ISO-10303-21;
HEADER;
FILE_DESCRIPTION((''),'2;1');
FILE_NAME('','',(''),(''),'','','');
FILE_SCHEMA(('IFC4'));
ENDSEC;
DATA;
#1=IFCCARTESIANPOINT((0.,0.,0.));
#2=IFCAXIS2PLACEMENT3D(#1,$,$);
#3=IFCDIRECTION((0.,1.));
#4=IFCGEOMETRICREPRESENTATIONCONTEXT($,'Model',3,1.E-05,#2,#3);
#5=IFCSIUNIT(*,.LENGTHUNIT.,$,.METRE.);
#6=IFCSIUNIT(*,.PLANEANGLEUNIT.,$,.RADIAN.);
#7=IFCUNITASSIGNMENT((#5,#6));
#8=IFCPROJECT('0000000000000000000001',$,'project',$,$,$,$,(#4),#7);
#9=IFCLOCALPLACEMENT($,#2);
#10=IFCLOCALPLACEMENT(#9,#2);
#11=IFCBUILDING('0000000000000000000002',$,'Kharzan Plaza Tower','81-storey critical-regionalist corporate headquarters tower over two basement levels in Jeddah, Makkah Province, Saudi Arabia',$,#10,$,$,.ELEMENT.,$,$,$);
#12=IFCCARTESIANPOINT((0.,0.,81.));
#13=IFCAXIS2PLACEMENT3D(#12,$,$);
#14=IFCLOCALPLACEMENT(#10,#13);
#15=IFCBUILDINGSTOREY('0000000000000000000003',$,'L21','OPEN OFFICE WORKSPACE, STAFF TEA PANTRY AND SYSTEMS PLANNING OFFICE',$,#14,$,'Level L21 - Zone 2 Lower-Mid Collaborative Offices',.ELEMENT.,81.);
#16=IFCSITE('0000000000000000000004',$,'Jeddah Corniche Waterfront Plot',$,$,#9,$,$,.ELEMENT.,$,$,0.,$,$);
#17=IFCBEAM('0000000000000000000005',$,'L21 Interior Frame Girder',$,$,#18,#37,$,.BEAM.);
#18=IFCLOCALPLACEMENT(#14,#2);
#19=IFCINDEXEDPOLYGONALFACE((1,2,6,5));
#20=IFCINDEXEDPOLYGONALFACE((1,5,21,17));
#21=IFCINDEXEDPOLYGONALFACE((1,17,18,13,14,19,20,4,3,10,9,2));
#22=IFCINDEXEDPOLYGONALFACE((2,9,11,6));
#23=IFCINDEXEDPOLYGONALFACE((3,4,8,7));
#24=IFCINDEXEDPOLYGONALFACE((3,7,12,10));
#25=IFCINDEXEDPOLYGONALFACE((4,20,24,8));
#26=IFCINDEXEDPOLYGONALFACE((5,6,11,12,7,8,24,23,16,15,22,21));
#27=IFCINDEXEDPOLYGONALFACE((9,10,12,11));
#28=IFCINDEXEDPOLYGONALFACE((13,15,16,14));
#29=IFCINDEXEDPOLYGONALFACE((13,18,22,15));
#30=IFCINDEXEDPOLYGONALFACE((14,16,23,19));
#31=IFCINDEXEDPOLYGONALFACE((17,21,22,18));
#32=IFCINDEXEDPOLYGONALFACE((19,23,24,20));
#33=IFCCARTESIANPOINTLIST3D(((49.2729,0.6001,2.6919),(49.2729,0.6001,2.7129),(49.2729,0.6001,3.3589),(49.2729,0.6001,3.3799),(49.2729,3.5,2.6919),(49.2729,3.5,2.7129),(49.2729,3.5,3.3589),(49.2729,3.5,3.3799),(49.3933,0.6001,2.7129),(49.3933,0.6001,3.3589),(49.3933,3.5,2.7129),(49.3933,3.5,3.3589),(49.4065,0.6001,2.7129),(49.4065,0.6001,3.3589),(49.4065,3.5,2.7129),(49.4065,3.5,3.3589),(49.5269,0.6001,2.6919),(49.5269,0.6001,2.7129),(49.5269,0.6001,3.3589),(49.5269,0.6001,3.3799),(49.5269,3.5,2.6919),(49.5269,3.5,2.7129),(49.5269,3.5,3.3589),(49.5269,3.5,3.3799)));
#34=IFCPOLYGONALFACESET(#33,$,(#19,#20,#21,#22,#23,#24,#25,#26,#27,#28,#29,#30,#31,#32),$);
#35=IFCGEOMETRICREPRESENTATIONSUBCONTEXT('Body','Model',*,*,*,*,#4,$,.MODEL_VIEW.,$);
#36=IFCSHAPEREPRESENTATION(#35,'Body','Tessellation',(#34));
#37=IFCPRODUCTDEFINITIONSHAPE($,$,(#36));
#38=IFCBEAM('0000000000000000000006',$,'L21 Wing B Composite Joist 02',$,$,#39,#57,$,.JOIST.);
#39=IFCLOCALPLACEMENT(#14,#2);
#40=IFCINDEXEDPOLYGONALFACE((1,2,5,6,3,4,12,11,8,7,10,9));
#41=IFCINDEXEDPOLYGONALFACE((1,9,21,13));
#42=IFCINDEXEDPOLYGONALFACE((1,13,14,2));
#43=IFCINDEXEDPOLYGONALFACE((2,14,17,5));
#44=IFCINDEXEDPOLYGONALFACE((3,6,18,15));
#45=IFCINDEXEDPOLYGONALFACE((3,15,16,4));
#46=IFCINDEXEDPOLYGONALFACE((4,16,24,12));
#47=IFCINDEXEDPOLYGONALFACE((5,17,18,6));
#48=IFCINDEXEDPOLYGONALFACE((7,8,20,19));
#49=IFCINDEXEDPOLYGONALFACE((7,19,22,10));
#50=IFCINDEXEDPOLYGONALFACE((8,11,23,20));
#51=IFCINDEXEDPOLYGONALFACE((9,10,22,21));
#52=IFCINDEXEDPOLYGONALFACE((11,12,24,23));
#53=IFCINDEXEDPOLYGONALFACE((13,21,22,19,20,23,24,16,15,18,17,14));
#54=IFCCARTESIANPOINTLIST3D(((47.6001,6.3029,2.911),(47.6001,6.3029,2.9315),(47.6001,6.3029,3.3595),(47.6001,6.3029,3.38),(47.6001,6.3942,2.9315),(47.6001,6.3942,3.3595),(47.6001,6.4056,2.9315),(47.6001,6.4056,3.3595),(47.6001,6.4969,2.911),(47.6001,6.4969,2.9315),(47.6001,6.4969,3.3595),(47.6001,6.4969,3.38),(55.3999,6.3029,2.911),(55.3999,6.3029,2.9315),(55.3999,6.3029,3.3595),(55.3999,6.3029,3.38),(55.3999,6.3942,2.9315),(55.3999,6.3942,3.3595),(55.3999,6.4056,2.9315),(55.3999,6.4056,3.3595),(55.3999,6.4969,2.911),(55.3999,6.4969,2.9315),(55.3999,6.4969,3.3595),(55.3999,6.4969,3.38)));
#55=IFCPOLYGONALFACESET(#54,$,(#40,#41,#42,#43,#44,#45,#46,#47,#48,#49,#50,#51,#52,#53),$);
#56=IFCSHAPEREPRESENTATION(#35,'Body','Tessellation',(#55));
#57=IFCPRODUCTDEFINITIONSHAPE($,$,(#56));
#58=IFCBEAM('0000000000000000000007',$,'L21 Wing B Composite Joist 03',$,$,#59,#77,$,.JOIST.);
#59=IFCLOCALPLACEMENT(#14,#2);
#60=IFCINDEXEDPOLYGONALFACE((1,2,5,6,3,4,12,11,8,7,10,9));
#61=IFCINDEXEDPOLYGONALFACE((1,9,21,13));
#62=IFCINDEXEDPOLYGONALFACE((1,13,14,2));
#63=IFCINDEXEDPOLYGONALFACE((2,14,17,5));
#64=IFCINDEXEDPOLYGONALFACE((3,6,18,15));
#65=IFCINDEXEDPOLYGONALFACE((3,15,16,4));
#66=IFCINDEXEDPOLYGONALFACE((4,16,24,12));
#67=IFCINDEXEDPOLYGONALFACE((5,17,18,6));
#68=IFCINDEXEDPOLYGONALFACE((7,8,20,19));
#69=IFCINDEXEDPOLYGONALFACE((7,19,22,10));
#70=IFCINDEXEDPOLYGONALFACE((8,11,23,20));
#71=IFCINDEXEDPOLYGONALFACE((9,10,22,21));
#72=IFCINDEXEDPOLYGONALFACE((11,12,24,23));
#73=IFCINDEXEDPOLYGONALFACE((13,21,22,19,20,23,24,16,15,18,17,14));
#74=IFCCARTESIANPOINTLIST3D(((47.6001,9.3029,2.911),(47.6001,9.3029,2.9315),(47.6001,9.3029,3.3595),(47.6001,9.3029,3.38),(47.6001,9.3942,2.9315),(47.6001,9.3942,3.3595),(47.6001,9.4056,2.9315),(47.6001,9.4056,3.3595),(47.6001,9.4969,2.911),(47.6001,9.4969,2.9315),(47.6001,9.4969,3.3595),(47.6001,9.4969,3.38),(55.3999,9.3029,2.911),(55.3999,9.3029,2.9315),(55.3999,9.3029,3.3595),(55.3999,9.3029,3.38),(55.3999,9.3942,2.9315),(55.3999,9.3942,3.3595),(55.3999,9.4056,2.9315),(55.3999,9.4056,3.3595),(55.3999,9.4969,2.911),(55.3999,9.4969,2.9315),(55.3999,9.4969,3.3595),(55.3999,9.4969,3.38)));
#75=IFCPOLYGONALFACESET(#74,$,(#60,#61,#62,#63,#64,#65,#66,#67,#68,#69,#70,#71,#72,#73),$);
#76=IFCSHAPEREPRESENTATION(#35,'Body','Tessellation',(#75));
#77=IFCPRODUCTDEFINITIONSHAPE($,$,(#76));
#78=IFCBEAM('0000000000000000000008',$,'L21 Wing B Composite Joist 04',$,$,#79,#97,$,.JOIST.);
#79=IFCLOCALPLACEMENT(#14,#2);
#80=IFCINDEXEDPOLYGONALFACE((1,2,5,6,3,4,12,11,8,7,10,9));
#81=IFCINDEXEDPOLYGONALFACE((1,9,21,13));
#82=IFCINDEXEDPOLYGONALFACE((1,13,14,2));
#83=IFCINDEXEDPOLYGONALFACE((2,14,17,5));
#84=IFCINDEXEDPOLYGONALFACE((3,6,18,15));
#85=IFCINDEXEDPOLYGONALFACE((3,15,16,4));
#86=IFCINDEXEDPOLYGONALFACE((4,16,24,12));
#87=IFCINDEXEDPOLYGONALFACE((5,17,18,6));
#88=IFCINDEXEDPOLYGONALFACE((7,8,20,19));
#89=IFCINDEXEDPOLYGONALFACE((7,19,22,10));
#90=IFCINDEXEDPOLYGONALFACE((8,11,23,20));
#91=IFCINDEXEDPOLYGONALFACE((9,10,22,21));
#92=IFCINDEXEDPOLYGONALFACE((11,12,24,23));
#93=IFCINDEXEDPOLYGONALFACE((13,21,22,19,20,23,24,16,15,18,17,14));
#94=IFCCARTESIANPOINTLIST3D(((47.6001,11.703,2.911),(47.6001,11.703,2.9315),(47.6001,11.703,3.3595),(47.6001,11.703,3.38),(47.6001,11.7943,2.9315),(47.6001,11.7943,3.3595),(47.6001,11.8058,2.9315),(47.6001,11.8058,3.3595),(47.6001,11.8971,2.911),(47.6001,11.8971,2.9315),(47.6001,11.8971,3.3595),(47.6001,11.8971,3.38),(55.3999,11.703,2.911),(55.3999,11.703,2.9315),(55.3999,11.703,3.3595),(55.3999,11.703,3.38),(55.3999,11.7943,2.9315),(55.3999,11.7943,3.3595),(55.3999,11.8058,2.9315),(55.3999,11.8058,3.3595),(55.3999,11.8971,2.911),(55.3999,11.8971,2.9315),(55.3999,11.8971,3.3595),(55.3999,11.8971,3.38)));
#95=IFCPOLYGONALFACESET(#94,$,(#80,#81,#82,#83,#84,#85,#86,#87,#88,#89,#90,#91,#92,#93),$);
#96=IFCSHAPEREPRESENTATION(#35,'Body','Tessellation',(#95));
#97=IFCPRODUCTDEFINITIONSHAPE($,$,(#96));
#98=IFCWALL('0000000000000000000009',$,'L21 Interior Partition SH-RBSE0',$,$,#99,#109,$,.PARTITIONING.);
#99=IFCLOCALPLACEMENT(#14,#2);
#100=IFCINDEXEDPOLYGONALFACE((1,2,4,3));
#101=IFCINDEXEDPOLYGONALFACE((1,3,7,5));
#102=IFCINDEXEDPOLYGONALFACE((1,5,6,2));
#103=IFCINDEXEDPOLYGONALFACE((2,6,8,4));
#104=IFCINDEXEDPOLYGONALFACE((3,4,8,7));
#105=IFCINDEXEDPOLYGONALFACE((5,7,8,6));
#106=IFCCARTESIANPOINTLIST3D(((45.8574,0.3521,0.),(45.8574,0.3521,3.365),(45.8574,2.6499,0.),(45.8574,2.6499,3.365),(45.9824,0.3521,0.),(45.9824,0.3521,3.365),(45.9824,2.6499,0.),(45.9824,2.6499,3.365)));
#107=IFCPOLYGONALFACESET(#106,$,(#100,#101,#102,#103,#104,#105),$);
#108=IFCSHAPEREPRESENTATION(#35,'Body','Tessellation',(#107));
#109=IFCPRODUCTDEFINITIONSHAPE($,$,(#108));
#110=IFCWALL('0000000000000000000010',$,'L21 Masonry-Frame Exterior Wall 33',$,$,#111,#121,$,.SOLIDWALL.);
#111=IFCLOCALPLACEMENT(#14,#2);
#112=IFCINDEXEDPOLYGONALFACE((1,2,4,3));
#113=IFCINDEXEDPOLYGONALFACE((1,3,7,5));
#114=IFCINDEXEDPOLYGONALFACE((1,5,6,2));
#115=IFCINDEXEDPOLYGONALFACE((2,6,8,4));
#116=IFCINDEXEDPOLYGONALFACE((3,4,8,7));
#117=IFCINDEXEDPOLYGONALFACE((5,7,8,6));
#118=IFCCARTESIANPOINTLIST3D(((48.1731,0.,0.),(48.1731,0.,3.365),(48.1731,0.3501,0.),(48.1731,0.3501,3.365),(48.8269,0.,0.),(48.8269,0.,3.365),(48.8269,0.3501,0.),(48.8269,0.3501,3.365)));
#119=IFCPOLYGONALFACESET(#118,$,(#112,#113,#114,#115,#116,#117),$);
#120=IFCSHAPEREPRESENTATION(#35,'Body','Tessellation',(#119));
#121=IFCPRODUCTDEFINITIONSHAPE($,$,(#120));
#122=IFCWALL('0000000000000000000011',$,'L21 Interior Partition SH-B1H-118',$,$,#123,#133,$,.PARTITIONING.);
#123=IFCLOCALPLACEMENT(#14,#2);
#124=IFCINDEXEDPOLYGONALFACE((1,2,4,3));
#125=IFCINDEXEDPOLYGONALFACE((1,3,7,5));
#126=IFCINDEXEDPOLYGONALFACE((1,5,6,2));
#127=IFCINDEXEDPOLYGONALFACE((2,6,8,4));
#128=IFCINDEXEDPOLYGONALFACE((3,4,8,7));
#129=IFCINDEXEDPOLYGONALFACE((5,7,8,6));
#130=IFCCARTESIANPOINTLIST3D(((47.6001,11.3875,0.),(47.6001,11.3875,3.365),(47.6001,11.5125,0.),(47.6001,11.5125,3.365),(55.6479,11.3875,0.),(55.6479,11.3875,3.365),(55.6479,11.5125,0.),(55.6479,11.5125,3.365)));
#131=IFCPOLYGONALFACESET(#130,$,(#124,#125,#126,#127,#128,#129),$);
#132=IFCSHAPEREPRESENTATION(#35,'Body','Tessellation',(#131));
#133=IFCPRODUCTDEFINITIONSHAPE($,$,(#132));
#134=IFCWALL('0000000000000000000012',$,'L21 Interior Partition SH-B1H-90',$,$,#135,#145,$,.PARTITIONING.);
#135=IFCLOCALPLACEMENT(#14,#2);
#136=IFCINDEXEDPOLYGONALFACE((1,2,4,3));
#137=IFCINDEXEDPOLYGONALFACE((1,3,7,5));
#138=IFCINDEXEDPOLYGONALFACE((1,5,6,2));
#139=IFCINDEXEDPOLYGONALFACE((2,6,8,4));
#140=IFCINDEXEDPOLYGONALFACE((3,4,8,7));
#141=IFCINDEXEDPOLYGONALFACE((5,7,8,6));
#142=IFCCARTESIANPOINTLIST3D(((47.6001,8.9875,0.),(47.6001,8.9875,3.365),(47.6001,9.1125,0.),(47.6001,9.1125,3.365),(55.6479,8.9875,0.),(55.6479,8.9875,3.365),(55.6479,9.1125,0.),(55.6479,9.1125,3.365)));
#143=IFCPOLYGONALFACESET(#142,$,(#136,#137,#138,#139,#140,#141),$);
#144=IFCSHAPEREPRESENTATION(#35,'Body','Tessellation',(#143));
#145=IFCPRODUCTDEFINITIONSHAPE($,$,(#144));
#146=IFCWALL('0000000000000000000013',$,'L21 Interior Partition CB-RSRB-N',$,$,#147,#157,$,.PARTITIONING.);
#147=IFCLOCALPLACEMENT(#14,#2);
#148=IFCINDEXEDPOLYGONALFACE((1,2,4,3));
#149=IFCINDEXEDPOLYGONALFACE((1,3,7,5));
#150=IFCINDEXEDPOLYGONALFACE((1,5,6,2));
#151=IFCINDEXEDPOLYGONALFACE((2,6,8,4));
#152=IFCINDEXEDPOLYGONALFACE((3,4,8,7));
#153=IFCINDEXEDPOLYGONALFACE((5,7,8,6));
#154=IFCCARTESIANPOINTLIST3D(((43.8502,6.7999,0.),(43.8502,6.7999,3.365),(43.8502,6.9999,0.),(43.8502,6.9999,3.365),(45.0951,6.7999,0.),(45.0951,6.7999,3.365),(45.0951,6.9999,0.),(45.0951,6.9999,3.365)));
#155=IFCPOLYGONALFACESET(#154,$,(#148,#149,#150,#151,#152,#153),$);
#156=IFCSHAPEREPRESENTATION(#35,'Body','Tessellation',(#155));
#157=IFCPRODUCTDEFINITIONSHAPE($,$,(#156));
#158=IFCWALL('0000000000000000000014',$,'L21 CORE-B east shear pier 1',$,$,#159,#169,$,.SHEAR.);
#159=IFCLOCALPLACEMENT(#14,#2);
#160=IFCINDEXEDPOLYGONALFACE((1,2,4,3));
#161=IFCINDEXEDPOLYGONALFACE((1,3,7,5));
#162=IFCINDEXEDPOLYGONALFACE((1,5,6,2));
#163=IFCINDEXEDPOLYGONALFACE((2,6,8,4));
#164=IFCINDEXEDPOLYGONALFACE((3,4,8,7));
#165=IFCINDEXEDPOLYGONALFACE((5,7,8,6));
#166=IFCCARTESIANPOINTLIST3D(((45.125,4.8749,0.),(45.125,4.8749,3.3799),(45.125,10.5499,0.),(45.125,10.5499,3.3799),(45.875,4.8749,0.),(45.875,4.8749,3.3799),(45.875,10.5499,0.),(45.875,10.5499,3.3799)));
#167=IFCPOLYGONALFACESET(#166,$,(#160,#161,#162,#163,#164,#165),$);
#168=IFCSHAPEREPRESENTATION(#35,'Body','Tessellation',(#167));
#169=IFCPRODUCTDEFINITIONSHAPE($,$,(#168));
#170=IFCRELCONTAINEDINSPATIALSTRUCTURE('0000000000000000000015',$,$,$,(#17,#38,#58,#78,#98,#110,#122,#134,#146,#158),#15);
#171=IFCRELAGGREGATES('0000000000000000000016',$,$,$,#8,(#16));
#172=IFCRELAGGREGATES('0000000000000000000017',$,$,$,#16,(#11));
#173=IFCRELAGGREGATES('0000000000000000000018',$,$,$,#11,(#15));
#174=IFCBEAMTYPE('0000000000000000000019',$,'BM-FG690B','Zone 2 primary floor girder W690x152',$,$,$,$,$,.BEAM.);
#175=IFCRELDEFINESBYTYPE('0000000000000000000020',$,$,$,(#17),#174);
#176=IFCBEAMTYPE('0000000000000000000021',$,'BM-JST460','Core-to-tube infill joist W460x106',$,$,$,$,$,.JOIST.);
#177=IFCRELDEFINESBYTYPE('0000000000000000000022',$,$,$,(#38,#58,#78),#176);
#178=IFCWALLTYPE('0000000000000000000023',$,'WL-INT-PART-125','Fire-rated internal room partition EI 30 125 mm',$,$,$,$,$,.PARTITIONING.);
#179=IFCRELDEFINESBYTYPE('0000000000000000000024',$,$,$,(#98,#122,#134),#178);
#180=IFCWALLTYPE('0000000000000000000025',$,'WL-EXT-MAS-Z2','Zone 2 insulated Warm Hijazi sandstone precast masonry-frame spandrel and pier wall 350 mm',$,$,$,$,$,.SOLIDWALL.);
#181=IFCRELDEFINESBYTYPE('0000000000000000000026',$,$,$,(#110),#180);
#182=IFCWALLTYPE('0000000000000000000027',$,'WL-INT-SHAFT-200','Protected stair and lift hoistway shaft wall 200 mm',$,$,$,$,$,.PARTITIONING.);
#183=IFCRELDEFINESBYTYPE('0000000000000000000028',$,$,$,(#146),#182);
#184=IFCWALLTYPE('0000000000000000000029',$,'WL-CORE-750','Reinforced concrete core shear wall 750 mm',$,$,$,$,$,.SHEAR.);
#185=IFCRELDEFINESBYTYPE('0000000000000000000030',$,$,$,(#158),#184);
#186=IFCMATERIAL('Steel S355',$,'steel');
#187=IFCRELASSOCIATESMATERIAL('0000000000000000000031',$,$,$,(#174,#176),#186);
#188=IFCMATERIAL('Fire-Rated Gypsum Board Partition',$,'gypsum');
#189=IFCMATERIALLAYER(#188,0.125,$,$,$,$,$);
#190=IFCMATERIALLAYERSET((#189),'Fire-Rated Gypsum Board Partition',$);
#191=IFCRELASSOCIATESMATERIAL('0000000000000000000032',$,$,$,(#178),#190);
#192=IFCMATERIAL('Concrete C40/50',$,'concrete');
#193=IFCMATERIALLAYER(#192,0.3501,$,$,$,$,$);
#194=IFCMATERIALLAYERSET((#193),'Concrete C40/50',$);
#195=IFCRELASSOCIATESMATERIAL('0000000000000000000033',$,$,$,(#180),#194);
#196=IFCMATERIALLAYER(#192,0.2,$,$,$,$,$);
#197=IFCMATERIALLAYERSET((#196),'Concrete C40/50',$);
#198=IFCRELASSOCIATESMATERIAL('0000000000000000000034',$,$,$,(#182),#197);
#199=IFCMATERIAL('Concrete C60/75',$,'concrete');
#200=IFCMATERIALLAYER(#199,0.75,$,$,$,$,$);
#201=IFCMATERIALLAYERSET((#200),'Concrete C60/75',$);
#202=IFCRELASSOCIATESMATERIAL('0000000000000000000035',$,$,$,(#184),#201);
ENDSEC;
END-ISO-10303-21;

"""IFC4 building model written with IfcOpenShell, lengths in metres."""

from ifc_helpers import new_model, si_unit, direction, frame, frame_2d, origin, origin_2d, place, context, subcontext, project, spatial, rectangle, i_section, extrude, source, transform, mapped, material, layer, layer_set, material_profile, profile_set, type_object, element, save


model = new_model("IFC4")

# Units and contexts
model_context = context("Model", 3, precision=1e-05, world=origin(), true_north=direction((0.0, 1.0)))
body_context = subcontext(model_context, "Body", "Model", "MODEL_VIEW")
ifc_project = project(units=[si_unit("LENGTHUNIT", "METRE"), si_unit("PLANEANGLEUNIT", "RADIAN")], contexts=[model_context])

# Site, building, storey
site_placement = place(None, origin())
site = spatial("IfcSite", under=ifc_project, at=site_placement, Name="Jeddah Corniche Waterfront Plot", CompositionType="ELEMENT", RefElevation=0.0)
building_placement = place(site_placement, origin())
building = spatial("IfcBuilding", under=site, at=building_placement, Name="Kharzan Plaza Tower", Description="81-storey critical-regionalist corporate headquarters tower over two basement levels in Jeddah, Makkah Province, Saudi Arabia", CompositionType="ELEMENT")
storey_placement = place(building_placement, frame((0.0, 0.0, 81.0)))
storey = spatial("IfcBuildingStorey", under=building, at=storey_placement, Name="L21", Description="OPEN OFFICE WORKSPACE, STAFF TEA PANTRY AND SYSTEMS PLANNING OFFICE", LongName="Level L21 - Zone 2 Lower-Mid Collaborative Offices", CompositionType="ELEMENT", Elevation=81.0)

# Shared definitions
ifc_material_1 = material(Name="Concrete C60/75", Category="concrete")

# Beams
ifc_material_2 = material(Name="Steel S355", Category="steel")
ifc_material_profile_1 = material_profile(ifc_material_2, i_section(OverallWidth=0.2539, OverallDepth=0.688, WebThickness=0.0132, FlangeThickness=0.021, at=origin_2d()), Name="W690x152")
ifc_profile_set_1 = profile_set([ifc_material_profile_1], Name="Steel S355")
beam_type_1 = type_object("IfcBeamType", Name="BM-FG690B", Description="Zone 2 primary floor girder W690x152", PredefinedType="BEAM", material=ifc_profile_set_1)
shared_shape_1 = source(origin(), body_context, "Body", "SweptSolid", [
    extrude(i_section(OverallWidth=0.2539, OverallDepth=0.688, WebThickness=0.0132, FlangeThickness=0.021, at=origin_2d()), origin(), (0.0, 0.0, 1.0), 2.8999),
])
for number, where, z_axis, x_axis, name in (
    (1, (49.3999, 0.6001, 3.0359), (0.0, 1.0, 0.0), (-1.0, 0.0, 0.0), "L21 Interior Frame Girder"),
):
    element("IfcBeam", number, at=place(storey_placement, frame(where, z_axis=z_axis, x_axis=x_axis)), inside=storey, type_object=beam_type_1, Name=name, PredefinedType="BEAM", context=body_context, shape_type="MappedRepresentation", body=[
        mapped(shared_shape_1, transform((0.0, 0.0, 0.0), x_axis=(1.0, 0.0, 0.0), y_axis=(0.0, 1.0, 0.0), z_axis=(0.0, 0.0, 1.0))),
    ])
ifc_material_profile_2 = material_profile(ifc_material_2, i_section(OverallWidth=0.1941, OverallDepth=0.469, WebThickness=0.0115, FlangeThickness=0.0205, at=origin_2d()), Name="W460x106")
ifc_profile_set_2 = profile_set([ifc_material_profile_2], Name="Steel S355")
beam_type_2 = type_object("IfcBeamType", Name="BM-JST460", Description="Core-to-tube infill joist W460x106", PredefinedType="JOIST", material=ifc_profile_set_2)
shared_shape_2 = source(origin(), body_context, "Body", "SweptSolid", [
    extrude(i_section(OverallWidth=0.1941, OverallDepth=0.469, WebThickness=0.0115, FlangeThickness=0.0205, at=origin_2d()), origin(), (0.0, 0.0, 1.0), 7.7998),
])
for number, where, z_axis, x_axis, name in (
    (2, (47.6001, 6.3999, 3.1455), (1.0, 0.0, 0.0), (0.0, 1.0, 0.0), "L21 Wing B Composite Joist 02"),
    (3, (47.6001, 9.3999, 3.1455), (1.0, 0.0, 0.0), (0.0, 1.0, 0.0), "L21 Wing B Composite Joist 03"),
    (4, (47.6001, 11.8, 3.1455), (1.0, 0.0, 0.0), (0.0, 1.0, 0.0), "L21 Wing B Composite Joist 04"),
):
    element("IfcBeam", number, at=place(storey_placement, frame(where, z_axis=z_axis, x_axis=x_axis)), inside=storey, type_object=beam_type_2, Name=name, PredefinedType="JOIST", context=body_context, shape_type="MappedRepresentation", body=[
        mapped(shared_shape_2, transform((0.0, 0.0, 0.0), x_axis=(1.0, 0.0, 0.0), y_axis=(0.0, 1.0, 0.0), z_axis=(0.0, 0.0, 1.0))),
    ])

# Shared definitions
ifc_material_3 = material(Name="Fire-Rated Gypsum Board Partition", Category="gypsum")
ifc_layer_1 = layer(ifc_material_3, 0.125)
ifc_layer_set_1 = layer_set([ifc_layer_1], Name="Fire-Rated Gypsum Board Partition")
wall_type_1 = type_object("IfcWallType", Name="WL-INT-PART-125", Description="Fire-rated internal room partition EI 30 125 mm", PredefinedType="PARTITIONING", material=ifc_layer_set_1)

# Walls
shared_shape_3 = source(origin(), body_context, "Body", "SweptSolid", [
    extrude(rectangle(XDim=2.2979, YDim=0.125, at=frame_2d((1.1489, 0.0))), origin(), (0.0, 0.0, 1.0), 3.365),
])
wall_1_placement = place(storey_placement, frame((45.9199, 0.3521, 0.0), z_axis=(0.0, 0.0, 1.0), x_axis=(0.0, 1.0, 0.0)))
element("IfcWall", 5, at=wall_1_placement, inside=storey, type_object=wall_type_1, Name="L21 Interior Partition SH-RBSE0", PredefinedType="PARTITIONING", context=body_context, shape_type="MappedRepresentation", body=[
    mapped(shared_shape_3, transform((0.0, 0.0, 0.0), x_axis=(1.0, 0.0, 0.0), y_axis=(0.0, 1.0, 0.0), z_axis=(0.0, 0.0, 1.0))),
])
ifc_material_4 = material(Name="Concrete C40/50", Category="concrete")
ifc_layer_2 = layer(ifc_material_4, 0.3501)
ifc_layer_set_2 = layer_set([ifc_layer_2], Name="Concrete C40/50")
wall_type_2 = type_object("IfcWallType", Name="WL-EXT-MAS-Z2", Description="Zone 2 insulated Warm Hijazi sandstone precast masonry-frame spandrel and pier wall 350 mm", PredefinedType="SOLIDWALL", material=ifc_layer_set_2)
shared_shape_4 = source(origin(), body_context, "Body", "SweptSolid", [
    extrude(rectangle(XDim=0.6538, YDim=0.3501, at=frame_2d((0.3269, 0.0))), origin(), (0.0, 0.0, 1.0), 3.365),
])
wall_2_placement = place(storey_placement, frame((48.1731, 0.175, 0.0), z_axis=(0.0, 0.0, 1.0), x_axis=(1.0, 0.0, 0.0)))
element("IfcWall", 6, at=wall_2_placement, inside=storey, type_object=wall_type_2, Name="L21 Masonry-Frame Exterior Wall 33", PredefinedType="SOLIDWALL", context=body_context, shape_type="MappedRepresentation", body=[
    mapped(shared_shape_4, transform((0.0, 0.0, 0.0), x_axis=(1.0, 0.0, 0.0), y_axis=(0.0, 1.0, 0.0), z_axis=(0.0, 0.0, 1.0))),
])
shared_shape_5 = source(origin(), body_context, "Body", "SweptSolid", [
    extrude(rectangle(XDim=8.0479, YDim=0.125, at=frame_2d((4.0239, 0.0))), origin(), (0.0, 0.0, 1.0), 3.365),
])
for number, where, z_axis, x_axis, name in (
    (7, (47.6001, 11.45, 0.0), (0.0, 0.0, 1.0), (1.0, 0.0, 0.0), "L21 Interior Partition SH-B1H-118"),
    (8, (47.6001, 9.05, 0.0), (0.0, 0.0, 1.0), (1.0, 0.0, 0.0), "L21 Interior Partition SH-B1H-90"),
):
    element("IfcWall", number, at=place(storey_placement, frame(where, z_axis=z_axis, x_axis=x_axis)), inside=storey, type_object=wall_type_1, Name=name, PredefinedType="PARTITIONING", context=body_context, shape_type="MappedRepresentation", body=[
        mapped(shared_shape_5, transform((0.0, 0.0, 0.0), x_axis=(1.0, 0.0, 0.0), y_axis=(0.0, 1.0, 0.0), z_axis=(0.0, 0.0, 1.0))),
    ])
ifc_layer_3 = layer(ifc_material_4, 0.2)
ifc_layer_set_3 = layer_set([ifc_layer_3], Name="Concrete C40/50")
wall_type_3 = type_object("IfcWallType", Name="WL-INT-SHAFT-200", Description="Protected stair and lift hoistway shaft wall 200 mm", PredefinedType="PARTITIONING", material=ifc_layer_set_3)
shared_shape_6 = source(origin(), body_context, "Body", "SweptSolid", [
    extrude(rectangle(XDim=1.2449, YDim=0.2, at=frame_2d((0.6226, 0.0))), origin(), (0.0, 0.0, 1.0), 3.365),
])
wall_3_placement = place(storey_placement, frame((43.8501, 6.8999, 0.0), z_axis=(0.0, 0.0, 1.0), x_axis=(1.0, 0.0, 0.0)))
element("IfcWall", 9, at=wall_3_placement, inside=storey, type_object=wall_type_3, Name="L21 Interior Partition CB-RSRB-N", PredefinedType="PARTITIONING", context=body_context, shape_type="MappedRepresentation", body=[
    mapped(shared_shape_6, transform((0.0, 0.0, 0.0), x_axis=(1.0, 0.0, 0.0), y_axis=(0.0, 1.0, 0.0), z_axis=(0.0, 0.0, 1.0))),
])
ifc_layer_4 = layer(ifc_material_1, 0.75)
ifc_layer_set_4 = layer_set([ifc_layer_4], Name="Concrete C60/75")
wall_type_4 = type_object("IfcWallType", Name="WL-CORE-750", Description="Reinforced concrete core shear wall 750 mm", PredefinedType="SHEAR", material=ifc_layer_set_4)
shared_shape_7 = source(origin(), body_context, "Body", "SweptSolid", [
    extrude(rectangle(XDim=5.675, YDim=0.75, at=frame_2d((2.8374, 0.0))), origin(), (0.0, 0.0, 1.0), 3.3799),
])
wall_4_placement = place(storey_placement, frame((45.5, 4.875, 0.0), z_axis=(0.0, 0.0, 1.0), x_axis=(0.0, 1.0, 0.0)))
element("IfcWall", 10, at=wall_4_placement, inside=storey, type_object=wall_type_4, Name="L21 CORE-B east shear pier 1", PredefinedType="SHEAR", context=body_context, shape_type="MappedRepresentation", body=[
    mapped(shared_shape_7, transform((0.0, 0.0, 0.0), x_axis=(1.0, 0.0, 0.0), y_axis=(0.0, 1.0, 0.0), z_axis=(0.0, 0.0, 1.0))),
])

save(model, "model.ifc")
